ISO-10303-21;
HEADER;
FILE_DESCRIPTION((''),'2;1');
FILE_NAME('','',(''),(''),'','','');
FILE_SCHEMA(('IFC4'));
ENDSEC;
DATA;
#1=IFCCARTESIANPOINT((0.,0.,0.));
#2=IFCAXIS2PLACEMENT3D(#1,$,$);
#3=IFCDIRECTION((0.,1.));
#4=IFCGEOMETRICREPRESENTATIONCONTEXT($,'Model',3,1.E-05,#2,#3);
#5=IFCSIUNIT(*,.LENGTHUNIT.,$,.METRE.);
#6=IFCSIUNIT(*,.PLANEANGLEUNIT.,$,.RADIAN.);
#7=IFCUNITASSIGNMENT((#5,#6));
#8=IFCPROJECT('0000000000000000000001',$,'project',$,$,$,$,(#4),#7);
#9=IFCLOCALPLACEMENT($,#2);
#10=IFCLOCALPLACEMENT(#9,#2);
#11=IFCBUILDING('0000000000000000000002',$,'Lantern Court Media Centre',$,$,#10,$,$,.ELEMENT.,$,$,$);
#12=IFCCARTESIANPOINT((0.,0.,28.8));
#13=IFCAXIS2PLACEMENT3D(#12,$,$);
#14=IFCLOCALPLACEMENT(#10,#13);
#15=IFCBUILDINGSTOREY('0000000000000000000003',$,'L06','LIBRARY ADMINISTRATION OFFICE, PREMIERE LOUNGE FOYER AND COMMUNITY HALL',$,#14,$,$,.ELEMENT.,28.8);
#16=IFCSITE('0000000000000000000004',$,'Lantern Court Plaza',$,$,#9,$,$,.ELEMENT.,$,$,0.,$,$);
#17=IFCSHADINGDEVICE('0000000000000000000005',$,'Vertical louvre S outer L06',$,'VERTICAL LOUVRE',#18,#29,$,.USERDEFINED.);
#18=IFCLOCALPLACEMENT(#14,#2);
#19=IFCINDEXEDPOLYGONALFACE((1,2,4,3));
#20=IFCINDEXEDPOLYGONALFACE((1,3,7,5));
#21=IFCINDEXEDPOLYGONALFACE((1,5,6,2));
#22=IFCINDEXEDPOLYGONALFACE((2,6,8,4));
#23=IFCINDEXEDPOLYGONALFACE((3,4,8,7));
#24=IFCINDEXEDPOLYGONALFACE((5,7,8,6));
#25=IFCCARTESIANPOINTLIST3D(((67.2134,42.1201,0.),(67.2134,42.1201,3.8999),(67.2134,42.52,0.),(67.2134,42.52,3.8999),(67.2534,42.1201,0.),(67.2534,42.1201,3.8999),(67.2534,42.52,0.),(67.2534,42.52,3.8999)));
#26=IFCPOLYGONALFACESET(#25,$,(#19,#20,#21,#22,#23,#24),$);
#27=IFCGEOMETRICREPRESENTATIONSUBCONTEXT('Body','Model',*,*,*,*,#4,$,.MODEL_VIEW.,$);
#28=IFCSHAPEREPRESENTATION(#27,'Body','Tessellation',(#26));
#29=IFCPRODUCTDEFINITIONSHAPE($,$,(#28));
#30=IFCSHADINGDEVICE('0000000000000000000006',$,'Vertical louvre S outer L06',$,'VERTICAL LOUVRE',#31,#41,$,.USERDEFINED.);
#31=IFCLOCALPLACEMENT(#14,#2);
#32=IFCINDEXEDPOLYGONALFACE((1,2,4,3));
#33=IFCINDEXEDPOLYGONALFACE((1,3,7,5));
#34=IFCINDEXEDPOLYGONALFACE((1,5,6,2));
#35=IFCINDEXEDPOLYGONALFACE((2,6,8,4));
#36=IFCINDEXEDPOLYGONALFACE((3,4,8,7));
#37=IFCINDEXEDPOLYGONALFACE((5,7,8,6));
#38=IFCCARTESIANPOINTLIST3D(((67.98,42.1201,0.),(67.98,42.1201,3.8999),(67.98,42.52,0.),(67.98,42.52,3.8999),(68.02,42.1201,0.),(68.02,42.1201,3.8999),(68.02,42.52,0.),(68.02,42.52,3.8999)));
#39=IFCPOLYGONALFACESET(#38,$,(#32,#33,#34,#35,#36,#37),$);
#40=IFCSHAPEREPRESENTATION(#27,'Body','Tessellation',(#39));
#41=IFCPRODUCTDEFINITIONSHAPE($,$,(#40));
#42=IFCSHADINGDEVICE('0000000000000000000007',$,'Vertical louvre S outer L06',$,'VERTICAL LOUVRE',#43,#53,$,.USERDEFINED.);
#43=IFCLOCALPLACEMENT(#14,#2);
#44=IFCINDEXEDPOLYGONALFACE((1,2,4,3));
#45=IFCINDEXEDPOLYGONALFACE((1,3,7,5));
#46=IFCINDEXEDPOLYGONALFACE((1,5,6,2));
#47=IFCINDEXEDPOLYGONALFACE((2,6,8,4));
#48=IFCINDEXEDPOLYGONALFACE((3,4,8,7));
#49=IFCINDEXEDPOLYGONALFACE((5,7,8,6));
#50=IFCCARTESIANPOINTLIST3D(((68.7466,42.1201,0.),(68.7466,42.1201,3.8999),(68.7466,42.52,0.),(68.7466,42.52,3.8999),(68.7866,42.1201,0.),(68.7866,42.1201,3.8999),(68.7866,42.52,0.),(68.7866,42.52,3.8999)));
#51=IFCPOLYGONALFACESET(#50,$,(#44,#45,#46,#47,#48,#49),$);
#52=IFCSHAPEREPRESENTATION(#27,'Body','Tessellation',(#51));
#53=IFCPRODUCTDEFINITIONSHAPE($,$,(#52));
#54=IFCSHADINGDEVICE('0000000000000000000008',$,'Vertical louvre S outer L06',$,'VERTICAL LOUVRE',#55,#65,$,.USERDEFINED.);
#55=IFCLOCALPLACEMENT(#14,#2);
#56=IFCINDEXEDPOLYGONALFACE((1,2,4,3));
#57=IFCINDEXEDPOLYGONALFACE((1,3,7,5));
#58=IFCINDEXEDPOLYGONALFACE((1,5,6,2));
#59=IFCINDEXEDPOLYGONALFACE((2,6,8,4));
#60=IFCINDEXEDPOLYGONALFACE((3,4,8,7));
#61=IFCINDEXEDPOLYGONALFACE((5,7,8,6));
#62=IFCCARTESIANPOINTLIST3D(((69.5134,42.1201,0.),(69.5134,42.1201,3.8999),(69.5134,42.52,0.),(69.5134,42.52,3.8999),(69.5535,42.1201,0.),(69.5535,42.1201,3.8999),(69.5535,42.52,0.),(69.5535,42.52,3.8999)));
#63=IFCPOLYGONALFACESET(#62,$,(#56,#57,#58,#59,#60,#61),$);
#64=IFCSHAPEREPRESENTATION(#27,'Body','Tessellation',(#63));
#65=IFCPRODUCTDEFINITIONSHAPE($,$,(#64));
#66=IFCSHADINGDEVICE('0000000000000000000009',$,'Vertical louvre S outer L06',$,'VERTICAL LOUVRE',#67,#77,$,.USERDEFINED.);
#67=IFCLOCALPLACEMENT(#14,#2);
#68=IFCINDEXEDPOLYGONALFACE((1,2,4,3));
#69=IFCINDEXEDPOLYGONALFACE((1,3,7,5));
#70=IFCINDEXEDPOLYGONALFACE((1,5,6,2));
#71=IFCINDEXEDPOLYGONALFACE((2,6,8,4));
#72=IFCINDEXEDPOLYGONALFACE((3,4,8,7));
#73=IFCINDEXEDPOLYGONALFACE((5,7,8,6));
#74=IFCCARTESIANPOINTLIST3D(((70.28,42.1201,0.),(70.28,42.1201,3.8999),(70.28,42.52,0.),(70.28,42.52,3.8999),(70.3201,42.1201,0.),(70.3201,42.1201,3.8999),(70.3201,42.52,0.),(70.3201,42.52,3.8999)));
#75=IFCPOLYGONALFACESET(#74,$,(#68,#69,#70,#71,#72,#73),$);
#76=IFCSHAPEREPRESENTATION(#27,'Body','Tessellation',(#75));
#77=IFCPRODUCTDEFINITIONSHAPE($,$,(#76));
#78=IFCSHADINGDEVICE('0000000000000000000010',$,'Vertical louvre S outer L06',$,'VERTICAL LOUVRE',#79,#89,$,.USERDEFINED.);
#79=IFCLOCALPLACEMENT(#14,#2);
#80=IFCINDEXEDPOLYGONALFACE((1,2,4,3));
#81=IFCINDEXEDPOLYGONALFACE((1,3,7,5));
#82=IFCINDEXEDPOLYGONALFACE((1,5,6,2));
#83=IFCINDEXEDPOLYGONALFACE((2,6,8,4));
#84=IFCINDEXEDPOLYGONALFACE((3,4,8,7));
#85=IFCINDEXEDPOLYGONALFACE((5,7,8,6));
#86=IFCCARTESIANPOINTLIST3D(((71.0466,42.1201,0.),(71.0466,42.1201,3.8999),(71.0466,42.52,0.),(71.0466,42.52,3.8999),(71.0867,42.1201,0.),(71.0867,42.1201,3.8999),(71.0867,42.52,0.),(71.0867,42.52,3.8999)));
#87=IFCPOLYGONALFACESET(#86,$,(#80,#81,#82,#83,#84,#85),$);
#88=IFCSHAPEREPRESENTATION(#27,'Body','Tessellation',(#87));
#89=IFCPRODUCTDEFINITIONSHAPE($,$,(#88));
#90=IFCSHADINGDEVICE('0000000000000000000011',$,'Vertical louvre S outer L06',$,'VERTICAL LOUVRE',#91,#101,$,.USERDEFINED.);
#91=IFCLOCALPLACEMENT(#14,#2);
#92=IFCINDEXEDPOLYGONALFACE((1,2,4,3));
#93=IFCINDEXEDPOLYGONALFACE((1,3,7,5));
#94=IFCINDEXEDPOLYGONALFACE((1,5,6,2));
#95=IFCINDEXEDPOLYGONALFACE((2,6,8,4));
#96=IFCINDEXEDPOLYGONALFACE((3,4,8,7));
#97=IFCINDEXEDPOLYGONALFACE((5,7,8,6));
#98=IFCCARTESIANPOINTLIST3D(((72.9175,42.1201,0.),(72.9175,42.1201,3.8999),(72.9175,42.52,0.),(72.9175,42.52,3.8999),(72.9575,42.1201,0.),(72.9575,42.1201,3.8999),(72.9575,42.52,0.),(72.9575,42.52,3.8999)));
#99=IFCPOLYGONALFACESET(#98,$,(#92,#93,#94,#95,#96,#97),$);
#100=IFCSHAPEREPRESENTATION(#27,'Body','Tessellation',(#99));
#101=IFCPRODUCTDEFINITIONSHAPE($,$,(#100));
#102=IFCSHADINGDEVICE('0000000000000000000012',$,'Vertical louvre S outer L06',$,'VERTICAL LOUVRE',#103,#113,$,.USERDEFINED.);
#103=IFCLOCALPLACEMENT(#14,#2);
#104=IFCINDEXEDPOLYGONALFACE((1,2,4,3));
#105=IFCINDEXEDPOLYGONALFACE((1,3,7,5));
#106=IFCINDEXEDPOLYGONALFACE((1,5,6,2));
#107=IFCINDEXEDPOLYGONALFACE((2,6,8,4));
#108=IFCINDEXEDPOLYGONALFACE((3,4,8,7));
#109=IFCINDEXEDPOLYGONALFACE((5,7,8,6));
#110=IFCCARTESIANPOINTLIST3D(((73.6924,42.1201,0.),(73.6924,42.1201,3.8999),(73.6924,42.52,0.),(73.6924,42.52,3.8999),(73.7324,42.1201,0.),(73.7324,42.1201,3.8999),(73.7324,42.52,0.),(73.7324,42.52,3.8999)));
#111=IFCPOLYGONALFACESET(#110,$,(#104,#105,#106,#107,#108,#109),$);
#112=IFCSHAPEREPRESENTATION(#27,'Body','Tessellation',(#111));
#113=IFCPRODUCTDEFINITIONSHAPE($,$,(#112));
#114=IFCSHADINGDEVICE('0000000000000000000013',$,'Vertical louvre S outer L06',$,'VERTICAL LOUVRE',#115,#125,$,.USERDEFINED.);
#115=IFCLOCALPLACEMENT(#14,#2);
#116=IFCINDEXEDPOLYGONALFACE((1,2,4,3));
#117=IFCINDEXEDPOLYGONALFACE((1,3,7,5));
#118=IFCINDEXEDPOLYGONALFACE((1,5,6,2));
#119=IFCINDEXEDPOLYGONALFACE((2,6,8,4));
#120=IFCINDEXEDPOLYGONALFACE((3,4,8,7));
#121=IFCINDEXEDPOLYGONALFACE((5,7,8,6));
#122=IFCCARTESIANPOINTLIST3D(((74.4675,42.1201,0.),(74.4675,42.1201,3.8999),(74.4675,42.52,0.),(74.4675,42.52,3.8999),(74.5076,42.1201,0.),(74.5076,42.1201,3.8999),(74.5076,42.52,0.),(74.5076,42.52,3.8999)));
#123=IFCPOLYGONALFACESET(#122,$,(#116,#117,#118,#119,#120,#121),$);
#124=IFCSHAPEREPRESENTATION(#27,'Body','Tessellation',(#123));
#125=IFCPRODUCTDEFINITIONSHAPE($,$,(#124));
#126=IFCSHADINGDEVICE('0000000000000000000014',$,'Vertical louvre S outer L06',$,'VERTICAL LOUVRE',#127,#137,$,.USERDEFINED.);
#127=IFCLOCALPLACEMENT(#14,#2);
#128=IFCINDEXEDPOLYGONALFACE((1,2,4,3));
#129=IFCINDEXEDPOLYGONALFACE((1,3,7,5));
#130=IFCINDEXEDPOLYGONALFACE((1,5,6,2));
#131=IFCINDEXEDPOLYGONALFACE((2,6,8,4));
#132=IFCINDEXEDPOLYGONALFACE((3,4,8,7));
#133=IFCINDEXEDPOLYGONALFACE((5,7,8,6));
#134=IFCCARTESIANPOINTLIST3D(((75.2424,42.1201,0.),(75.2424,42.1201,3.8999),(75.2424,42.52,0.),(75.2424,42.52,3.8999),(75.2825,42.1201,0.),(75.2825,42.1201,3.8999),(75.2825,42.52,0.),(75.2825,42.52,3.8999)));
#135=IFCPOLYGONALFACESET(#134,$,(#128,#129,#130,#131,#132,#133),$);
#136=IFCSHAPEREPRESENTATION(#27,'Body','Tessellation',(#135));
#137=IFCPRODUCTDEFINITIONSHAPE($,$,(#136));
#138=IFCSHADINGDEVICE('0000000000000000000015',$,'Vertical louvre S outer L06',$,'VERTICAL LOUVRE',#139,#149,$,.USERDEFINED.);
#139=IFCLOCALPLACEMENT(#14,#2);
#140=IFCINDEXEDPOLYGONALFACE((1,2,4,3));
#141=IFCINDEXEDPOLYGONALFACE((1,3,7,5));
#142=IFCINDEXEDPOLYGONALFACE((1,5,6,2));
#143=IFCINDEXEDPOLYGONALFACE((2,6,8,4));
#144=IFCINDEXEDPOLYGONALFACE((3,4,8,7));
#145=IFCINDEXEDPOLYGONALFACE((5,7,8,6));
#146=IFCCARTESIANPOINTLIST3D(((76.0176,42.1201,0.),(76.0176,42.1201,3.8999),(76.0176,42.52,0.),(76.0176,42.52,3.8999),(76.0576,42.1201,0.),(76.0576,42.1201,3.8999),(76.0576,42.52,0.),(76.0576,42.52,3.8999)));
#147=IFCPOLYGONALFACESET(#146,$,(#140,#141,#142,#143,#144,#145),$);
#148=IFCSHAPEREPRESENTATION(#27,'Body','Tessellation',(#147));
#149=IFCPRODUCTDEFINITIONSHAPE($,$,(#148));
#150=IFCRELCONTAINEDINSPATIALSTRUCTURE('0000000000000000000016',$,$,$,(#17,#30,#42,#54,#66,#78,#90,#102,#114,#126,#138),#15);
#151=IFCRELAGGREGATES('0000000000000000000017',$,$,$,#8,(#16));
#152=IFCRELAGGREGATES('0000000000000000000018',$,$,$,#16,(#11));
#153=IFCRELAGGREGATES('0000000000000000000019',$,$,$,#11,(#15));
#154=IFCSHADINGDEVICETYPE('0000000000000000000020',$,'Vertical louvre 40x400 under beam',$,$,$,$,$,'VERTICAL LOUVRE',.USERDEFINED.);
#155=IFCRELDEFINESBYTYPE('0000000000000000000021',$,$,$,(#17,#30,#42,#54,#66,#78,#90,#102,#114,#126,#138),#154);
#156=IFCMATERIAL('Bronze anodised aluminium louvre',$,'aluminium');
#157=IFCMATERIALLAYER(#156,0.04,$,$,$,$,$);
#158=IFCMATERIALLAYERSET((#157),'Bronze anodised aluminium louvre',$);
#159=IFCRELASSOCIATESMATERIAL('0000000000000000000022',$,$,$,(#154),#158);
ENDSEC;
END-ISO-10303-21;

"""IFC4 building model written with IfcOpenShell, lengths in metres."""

from ifc_helpers import new_model, si_unit, direction, frame, origin, origin_2d, place, context, subcontext, project, spatial, rectangle, extrude, material, layer, layer_set, type_object, element, save


model = new_model("IFC4")

# Units and contexts
model_context = context("Model", 3, precision=1e-05, world=origin(), true_north=direction((0.0, 1.0)))
body_context = subcontext(model_context, "Body", "Model", "MODEL_VIEW")
ifc_project = project(units=[si_unit("LENGTHUNIT", "METRE"), si_unit("PLANEANGLEUNIT", "RADIAN")], contexts=[model_context])

# Site, building, storey
site_placement = place(None, origin())
site = spatial("IfcSite", under=ifc_project, at=site_placement, Name="Lantern Court Plaza", CompositionType="ELEMENT", RefElevation=0.0)
building_placement = place(site_placement, origin())
building = spatial("IfcBuilding", under=site, at=building_placement, Name="Lantern Court Media Centre", CompositionType="ELEMENT")
storey_placement = place(building_placement, frame((0.0, 0.0, 28.8)))
storey = spatial("IfcBuildingStorey", under=building, at=storey_placement, Name="L06", Description="LIBRARY ADMINISTRATION OFFICE, PREMIERE LOUNGE FOYER AND COMMUNITY HALL", CompositionType="ELEMENT", Elevation=28.8)

# Shading devices
ifc_material_1 = material(Name="Bronze anodised aluminium louvre", Category="aluminium")
ifc_layer_1 = layer(ifc_material_1, 0.04)
ifc_layer_set_1 = layer_set([ifc_layer_1], Name="Bronze anodised aluminium louvre")
shading_device_type = type_object("IfcShadingDeviceType", Name="Vertical louvre 40x400 under beam", ElementType="VERTICAL LOUVRE", PredefinedType="USERDEFINED", material=ifc_layer_set_1)
for number, where, z_axis, x_axis, name in (
    (1, (67.2334, 42.3201, 0.0), (0.0, 0.0, 1.0), (1.0, 0.0, 0.0), "Vertical louvre S outer L06"),
    (2, (68.0, 42.3201, 0.0), (0.0, 0.0, 1.0), (1.0, 0.0, 0.0), "Vertical louvre S outer L06"),
    (3, (68.7666, 42.3201, 0.0), (0.0, 0.0, 1.0), (1.0, 0.0, 0.0), "Vertical louvre S outer L06"),
    (4, (69.5334, 42.3201, 0.0), (0.0, 0.0, 1.0), (1.0, 0.0, 0.0), "Vertical louvre S outer L06"),
    (5, (70.3, 42.3201, 0.0), (0.0, 0.0, 1.0), (1.0, 0.0, 0.0), "Vertical louvre S outer L06"),
    (6, (71.0667, 42.3201, 0.0), (0.0, 0.0, 1.0), (1.0, 0.0, 0.0), "Vertical louvre S outer L06"),
    (7, (72.9375, 42.3201, 0.0), (0.0, 0.0, 1.0), (1.0, 0.0, 0.0), "Vertical louvre S outer L06"),
    (8, (73.7124, 42.3201, 0.0), (0.0, 0.0, 1.0), (1.0, 0.0, 0.0), "Vertical louvre S outer L06"),
    (9, (74.4875, 42.3201, 0.0), (0.0, 0.0, 1.0), (1.0, 0.0, 0.0), "Vertical louvre S outer L06"),
    (10, (75.2625, 42.3201, 0.0), (0.0, 0.0, 1.0), (1.0, 0.0, 0.0), "Vertical louvre S outer L06"),
    (11, (76.0376, 42.3201, 0.0), (0.0, 0.0, 1.0), (1.0, 0.0, 0.0), "Vertical louvre S outer L06"),
):
    element("IfcShadingDevice", number, at=place(storey_placement, frame(where, z_axis=z_axis, x_axis=x_axis)), inside=storey, type_object=shading_device_type, Name=name, ObjectType="VERTICAL LOUVRE", PredefinedType="USERDEFINED", context=body_context, shape_type="SweptSolid", body=[
        extrude(rectangle(XDim=0.04, YDim=0.3999, at=origin_2d()), origin(), (0.0, 0.0, 1.0), 3.8999),
    ])

save(model, "model.ifc")
